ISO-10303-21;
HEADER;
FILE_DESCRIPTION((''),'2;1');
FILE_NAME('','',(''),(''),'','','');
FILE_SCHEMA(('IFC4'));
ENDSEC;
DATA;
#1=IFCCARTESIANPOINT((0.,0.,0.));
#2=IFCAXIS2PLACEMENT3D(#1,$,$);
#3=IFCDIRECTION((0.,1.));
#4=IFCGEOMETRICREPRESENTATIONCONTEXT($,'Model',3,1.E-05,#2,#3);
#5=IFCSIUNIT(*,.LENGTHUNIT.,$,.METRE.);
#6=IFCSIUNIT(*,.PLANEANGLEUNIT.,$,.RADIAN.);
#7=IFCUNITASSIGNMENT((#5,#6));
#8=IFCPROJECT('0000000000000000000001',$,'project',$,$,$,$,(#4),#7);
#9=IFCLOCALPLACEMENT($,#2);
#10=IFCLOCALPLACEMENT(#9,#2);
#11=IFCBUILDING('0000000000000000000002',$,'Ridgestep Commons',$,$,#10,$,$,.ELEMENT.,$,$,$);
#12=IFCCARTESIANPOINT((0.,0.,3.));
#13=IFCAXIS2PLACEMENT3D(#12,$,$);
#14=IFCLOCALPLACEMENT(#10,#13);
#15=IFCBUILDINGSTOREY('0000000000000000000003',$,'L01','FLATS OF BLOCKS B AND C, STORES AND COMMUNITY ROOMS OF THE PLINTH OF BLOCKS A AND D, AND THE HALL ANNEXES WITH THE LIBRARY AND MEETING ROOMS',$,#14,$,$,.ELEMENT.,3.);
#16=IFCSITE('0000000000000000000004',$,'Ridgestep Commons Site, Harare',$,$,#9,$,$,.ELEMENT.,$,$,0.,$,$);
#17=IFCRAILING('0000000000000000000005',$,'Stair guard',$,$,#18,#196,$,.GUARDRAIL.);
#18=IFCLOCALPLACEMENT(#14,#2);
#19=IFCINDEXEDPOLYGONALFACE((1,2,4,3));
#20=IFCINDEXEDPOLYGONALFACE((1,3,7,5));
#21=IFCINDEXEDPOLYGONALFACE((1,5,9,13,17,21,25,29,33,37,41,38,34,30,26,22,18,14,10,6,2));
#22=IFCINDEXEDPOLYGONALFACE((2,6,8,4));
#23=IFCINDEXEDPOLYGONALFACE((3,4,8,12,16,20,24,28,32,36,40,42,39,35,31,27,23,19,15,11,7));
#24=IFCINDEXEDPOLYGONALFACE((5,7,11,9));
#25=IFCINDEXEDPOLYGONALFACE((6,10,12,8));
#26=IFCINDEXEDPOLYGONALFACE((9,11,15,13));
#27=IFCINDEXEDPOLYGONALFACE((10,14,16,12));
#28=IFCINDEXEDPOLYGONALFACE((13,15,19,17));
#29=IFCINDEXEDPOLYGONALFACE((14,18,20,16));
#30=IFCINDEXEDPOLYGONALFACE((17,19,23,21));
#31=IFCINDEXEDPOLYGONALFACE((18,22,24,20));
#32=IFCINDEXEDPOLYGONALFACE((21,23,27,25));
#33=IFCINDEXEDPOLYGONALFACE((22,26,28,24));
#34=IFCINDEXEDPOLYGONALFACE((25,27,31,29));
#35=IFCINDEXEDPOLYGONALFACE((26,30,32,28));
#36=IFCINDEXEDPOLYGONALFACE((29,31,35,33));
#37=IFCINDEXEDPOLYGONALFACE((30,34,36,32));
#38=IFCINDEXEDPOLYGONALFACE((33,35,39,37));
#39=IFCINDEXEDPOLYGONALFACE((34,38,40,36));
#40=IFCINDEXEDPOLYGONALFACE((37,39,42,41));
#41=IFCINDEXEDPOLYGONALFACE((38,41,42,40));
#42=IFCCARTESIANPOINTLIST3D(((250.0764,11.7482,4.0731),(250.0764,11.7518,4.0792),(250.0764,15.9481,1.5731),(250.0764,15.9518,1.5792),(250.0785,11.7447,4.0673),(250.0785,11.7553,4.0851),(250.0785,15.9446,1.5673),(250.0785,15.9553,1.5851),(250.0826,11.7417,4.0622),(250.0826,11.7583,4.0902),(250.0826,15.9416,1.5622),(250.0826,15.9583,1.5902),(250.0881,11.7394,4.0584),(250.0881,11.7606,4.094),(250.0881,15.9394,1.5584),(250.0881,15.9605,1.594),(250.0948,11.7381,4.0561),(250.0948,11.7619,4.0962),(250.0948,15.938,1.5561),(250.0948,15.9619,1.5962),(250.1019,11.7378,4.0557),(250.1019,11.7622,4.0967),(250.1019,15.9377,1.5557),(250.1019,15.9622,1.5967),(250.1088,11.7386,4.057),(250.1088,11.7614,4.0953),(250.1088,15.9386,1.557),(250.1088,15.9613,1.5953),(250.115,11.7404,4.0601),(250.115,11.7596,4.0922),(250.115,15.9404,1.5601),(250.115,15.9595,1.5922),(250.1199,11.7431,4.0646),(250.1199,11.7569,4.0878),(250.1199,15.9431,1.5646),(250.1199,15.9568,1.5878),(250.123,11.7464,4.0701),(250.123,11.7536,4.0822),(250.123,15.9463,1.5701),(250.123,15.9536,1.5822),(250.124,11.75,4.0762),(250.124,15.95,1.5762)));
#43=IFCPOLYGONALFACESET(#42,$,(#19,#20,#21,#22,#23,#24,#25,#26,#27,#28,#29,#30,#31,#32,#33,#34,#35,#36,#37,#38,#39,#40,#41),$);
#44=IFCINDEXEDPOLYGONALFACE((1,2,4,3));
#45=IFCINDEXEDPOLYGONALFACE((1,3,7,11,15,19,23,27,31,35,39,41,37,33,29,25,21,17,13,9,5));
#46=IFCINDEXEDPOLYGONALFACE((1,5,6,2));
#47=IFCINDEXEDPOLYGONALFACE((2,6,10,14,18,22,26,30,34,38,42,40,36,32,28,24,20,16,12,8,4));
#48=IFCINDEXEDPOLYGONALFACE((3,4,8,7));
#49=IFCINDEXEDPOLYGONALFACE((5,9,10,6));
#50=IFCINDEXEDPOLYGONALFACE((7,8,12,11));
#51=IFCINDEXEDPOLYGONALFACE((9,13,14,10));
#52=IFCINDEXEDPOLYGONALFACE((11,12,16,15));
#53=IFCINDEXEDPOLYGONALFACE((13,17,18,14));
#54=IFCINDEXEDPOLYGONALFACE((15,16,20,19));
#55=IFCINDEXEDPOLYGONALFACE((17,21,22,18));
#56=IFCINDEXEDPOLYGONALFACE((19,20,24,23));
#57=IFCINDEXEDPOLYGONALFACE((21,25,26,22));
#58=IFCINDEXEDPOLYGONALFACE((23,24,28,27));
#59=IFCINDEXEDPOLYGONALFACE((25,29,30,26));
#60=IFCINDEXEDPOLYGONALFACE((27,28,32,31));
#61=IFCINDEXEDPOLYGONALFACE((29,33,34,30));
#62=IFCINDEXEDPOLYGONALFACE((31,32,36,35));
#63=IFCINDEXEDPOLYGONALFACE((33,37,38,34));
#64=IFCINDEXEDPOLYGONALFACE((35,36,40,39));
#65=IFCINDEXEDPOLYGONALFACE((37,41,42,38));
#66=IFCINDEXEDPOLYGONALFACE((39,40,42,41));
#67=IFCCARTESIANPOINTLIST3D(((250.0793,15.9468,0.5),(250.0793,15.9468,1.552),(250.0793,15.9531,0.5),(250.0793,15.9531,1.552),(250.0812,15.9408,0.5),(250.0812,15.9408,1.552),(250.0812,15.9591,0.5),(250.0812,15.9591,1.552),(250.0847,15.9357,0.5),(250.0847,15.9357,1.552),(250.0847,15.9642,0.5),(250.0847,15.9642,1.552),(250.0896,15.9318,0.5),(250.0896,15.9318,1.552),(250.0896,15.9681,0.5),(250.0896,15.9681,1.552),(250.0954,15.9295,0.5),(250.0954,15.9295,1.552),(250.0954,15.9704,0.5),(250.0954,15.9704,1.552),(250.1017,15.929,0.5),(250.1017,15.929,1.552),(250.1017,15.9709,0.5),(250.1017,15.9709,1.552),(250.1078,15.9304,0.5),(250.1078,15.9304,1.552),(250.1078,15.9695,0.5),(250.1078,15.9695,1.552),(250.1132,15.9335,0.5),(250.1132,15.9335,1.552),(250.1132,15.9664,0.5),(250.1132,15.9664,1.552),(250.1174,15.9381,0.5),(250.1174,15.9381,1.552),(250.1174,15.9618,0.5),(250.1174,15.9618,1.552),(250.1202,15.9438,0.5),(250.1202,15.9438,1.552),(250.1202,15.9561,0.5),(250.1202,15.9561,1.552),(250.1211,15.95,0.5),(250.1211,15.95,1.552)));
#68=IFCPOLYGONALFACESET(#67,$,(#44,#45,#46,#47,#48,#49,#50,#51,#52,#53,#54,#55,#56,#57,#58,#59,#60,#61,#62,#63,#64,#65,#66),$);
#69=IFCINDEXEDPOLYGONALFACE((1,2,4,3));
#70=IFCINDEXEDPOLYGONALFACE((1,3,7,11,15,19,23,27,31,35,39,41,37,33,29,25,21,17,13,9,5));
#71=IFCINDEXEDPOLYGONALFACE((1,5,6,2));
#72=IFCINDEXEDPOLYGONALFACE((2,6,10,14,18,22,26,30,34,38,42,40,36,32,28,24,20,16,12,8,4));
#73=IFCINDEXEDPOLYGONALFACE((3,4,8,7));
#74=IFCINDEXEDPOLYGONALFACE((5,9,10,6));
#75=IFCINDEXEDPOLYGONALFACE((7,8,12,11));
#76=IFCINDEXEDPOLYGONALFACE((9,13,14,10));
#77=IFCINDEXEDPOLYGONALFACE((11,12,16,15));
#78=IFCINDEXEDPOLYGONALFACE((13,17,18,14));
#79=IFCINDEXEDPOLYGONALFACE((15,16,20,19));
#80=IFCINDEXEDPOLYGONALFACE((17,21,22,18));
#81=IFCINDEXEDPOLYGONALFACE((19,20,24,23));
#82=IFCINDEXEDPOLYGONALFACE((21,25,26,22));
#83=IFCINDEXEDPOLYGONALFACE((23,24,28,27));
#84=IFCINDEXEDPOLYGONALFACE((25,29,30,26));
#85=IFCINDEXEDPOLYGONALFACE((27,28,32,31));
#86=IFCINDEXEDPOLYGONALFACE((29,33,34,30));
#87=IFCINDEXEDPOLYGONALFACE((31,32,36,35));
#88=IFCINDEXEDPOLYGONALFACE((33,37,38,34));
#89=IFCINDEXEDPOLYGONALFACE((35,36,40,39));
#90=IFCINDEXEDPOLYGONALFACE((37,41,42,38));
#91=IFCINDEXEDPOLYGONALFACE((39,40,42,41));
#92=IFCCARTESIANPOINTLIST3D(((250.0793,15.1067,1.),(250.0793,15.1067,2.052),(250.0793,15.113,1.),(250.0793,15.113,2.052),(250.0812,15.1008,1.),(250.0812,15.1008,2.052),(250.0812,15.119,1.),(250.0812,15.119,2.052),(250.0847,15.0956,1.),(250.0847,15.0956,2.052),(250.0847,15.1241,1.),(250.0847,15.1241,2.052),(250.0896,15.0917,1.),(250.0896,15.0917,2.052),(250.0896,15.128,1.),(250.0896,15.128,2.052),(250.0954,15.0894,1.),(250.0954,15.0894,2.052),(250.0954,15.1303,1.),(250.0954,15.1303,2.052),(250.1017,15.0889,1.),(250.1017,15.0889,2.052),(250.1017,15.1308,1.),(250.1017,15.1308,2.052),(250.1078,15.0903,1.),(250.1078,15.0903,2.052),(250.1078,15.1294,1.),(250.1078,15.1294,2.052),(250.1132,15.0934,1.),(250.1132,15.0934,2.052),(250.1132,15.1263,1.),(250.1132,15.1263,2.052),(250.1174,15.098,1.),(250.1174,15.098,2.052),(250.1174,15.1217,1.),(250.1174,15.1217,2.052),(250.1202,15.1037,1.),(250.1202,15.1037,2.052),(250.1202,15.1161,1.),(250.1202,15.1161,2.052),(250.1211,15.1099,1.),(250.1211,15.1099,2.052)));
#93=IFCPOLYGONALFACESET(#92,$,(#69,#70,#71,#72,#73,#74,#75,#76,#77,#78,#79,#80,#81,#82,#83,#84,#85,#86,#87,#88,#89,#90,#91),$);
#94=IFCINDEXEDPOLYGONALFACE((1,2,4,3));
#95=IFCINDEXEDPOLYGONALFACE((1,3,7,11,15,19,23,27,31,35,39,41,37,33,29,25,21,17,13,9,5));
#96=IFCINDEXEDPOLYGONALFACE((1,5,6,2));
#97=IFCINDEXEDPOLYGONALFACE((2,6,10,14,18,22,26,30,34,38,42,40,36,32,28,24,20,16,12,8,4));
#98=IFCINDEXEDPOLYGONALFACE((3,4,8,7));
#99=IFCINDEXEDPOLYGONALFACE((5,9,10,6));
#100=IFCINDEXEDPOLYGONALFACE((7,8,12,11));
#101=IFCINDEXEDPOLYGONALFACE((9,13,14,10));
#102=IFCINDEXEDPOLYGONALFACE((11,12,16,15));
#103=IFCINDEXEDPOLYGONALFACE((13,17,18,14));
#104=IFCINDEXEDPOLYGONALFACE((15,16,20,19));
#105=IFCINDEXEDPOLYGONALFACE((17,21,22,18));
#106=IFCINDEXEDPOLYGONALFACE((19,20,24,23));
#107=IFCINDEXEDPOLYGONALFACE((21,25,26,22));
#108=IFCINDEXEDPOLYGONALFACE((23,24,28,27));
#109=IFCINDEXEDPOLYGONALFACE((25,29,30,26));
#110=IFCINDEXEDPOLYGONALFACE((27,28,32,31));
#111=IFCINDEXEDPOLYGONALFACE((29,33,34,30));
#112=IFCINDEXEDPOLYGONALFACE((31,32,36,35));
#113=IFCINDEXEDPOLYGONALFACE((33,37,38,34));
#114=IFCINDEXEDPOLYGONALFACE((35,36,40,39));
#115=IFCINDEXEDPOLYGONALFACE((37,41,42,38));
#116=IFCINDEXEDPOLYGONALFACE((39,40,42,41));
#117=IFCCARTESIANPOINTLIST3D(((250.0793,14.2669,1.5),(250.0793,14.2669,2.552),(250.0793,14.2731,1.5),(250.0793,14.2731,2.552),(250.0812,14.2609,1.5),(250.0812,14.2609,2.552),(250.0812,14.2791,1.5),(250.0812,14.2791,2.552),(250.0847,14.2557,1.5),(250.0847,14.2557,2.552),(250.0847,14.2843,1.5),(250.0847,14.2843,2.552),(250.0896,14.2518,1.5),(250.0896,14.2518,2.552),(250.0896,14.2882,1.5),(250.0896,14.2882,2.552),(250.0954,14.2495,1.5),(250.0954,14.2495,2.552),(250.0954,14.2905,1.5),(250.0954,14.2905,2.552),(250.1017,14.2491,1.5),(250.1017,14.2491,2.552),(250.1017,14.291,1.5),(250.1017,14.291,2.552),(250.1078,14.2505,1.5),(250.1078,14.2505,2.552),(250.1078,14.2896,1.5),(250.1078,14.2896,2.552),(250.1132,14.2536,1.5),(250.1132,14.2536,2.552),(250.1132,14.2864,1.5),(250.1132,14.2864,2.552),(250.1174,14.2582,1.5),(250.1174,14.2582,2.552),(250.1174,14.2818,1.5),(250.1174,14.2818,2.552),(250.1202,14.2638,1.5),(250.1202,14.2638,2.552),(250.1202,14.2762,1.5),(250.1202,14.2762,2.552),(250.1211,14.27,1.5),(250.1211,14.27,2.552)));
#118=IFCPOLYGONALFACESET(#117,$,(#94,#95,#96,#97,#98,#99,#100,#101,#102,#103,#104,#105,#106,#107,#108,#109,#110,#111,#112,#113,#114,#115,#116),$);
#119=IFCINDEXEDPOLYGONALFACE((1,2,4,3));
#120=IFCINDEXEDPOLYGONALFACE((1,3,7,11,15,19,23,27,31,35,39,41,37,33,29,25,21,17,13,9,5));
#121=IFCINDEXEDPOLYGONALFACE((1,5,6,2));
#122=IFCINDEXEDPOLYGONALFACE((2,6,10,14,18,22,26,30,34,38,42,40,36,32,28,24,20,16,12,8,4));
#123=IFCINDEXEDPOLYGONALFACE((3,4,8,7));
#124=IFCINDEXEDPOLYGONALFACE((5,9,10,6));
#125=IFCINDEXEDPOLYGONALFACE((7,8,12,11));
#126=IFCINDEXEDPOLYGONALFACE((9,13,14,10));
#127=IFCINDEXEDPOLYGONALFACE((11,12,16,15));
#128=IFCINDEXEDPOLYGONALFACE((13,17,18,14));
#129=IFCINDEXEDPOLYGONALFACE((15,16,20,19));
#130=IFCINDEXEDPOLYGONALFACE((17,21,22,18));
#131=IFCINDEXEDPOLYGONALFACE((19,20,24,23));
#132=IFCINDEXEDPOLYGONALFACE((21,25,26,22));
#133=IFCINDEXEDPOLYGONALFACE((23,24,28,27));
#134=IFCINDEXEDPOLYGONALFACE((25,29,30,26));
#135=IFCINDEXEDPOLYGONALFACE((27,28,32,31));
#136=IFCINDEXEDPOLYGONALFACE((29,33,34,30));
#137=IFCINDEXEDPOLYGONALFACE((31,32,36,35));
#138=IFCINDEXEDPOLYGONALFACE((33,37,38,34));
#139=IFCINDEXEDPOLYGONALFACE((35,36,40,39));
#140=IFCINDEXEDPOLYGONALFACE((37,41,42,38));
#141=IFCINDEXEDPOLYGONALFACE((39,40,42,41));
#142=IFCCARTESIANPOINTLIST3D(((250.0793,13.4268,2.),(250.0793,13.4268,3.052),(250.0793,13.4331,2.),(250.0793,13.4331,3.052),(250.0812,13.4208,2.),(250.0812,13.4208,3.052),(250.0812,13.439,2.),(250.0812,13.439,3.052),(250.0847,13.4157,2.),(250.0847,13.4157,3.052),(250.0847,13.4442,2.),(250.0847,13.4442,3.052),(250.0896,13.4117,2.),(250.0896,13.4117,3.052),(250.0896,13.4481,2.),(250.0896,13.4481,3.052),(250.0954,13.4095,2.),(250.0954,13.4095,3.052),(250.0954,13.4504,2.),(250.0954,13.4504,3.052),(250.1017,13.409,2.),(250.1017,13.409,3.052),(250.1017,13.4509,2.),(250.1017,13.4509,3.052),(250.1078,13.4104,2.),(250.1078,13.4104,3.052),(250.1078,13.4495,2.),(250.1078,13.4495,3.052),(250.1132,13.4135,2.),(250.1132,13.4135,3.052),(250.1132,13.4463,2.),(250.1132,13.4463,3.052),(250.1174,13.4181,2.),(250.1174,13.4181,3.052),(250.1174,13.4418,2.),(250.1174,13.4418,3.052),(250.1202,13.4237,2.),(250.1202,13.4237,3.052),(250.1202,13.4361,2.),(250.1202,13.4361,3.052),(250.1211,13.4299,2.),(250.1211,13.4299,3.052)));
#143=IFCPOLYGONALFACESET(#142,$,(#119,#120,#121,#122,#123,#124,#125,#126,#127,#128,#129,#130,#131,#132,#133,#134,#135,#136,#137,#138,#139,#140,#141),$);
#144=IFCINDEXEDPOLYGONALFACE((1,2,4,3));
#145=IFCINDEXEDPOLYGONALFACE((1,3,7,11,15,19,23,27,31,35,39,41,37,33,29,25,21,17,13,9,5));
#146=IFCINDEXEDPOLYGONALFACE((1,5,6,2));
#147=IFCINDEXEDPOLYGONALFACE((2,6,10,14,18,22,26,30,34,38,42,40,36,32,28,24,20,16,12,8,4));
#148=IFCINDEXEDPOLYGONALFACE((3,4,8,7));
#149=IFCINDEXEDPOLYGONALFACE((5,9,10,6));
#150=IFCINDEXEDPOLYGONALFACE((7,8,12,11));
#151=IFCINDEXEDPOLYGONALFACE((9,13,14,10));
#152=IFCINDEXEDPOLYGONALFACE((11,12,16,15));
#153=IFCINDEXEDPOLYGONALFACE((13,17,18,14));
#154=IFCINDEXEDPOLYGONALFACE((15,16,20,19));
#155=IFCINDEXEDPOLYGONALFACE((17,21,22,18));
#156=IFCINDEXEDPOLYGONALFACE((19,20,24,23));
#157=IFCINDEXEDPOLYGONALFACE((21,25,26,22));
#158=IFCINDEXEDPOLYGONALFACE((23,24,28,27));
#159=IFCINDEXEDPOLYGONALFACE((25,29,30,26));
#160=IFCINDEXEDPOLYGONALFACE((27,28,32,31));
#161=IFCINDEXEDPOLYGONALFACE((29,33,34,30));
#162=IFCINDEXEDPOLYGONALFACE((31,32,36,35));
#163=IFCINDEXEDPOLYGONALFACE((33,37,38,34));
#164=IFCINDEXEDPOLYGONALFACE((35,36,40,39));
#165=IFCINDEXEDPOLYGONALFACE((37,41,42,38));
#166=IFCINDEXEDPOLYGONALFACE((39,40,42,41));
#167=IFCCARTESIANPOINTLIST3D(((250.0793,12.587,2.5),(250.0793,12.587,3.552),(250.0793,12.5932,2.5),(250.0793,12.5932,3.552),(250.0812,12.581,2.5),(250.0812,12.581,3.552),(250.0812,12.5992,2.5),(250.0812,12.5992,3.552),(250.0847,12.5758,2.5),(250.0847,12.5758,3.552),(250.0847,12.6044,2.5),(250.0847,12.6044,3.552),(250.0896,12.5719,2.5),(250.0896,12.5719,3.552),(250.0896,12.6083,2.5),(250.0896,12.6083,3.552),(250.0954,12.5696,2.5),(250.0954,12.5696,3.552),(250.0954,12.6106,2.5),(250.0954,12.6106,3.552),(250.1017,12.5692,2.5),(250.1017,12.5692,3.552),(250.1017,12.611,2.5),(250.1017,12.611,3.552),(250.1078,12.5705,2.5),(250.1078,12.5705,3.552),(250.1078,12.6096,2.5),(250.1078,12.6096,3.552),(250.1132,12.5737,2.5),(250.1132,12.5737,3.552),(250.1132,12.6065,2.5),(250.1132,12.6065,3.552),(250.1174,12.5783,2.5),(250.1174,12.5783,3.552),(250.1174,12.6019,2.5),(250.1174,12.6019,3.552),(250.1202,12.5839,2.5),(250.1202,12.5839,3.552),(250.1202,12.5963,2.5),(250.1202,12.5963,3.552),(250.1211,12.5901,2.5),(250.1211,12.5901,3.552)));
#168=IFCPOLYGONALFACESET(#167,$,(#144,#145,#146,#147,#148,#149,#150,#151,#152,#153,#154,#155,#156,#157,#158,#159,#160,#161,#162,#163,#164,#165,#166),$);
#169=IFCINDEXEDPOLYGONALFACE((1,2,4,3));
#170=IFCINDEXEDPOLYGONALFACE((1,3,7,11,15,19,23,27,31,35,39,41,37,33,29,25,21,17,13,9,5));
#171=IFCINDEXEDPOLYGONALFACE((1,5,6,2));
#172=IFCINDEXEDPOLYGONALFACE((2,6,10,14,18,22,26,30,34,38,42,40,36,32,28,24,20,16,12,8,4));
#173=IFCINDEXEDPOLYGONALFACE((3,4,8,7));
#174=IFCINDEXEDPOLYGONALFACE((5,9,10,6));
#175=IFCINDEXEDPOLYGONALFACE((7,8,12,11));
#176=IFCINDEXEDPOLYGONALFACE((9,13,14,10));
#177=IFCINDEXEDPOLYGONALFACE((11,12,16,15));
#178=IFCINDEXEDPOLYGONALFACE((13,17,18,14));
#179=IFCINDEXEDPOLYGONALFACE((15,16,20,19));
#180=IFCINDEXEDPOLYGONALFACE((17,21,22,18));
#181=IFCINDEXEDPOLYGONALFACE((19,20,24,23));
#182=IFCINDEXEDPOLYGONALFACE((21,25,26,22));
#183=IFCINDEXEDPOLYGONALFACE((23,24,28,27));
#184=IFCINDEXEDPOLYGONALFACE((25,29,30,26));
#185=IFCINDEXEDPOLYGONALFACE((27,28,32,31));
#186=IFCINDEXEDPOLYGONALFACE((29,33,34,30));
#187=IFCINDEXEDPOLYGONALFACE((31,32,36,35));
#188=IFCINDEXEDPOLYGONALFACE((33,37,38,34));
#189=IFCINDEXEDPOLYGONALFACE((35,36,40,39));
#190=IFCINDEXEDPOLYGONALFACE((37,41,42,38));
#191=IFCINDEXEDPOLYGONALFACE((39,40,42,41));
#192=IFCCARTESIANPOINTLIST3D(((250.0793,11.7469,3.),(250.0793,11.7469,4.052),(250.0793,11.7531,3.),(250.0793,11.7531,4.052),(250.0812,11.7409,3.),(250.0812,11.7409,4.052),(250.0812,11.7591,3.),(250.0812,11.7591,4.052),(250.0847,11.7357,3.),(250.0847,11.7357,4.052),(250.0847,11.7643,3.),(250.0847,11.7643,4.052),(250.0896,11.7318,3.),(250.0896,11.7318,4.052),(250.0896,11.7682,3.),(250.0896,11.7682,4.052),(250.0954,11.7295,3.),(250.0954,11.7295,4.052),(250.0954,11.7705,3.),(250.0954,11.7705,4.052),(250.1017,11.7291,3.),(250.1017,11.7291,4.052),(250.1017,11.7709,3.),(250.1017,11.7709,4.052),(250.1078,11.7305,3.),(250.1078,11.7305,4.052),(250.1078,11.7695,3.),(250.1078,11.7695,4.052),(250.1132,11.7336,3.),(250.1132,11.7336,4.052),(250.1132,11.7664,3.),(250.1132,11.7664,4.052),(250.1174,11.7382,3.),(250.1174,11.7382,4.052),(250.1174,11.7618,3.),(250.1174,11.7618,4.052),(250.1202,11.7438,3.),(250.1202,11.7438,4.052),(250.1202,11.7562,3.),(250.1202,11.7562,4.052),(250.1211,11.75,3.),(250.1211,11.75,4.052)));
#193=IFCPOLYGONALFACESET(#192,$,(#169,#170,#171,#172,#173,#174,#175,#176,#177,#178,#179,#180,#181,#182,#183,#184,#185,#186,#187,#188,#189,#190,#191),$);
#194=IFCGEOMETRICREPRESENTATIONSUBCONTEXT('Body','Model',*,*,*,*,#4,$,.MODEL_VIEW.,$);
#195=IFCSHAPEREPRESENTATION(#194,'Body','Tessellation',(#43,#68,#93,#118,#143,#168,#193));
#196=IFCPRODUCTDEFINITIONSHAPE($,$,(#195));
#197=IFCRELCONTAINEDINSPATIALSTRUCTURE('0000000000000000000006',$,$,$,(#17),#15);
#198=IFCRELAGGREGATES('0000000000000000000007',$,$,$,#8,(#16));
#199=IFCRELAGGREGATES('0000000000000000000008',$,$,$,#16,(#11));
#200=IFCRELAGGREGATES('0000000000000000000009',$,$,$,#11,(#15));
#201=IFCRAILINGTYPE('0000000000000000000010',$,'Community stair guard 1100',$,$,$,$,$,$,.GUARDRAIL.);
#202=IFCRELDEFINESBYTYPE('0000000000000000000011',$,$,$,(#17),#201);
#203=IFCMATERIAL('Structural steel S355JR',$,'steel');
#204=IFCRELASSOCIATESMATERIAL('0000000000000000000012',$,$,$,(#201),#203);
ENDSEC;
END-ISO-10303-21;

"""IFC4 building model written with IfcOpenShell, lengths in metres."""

from ifc_helpers import new_model, si_unit, direction, frame, origin, origin_2d, place, context, subcontext, project, spatial, circle, extrude, material, type_object, element, save


model = new_model("IFC4")

# Units and contexts
model_context = context("Model", 3, precision=1e-05, world=origin(), true_north=direction((0.0, 1.0)))
body_context = subcontext(model_context, "Body", "Model", "MODEL_VIEW")
ifc_project = project(units=[si_unit("LENGTHUNIT", "METRE"), si_unit("PLANEANGLEUNIT", "RADIAN")], contexts=[model_context])

# Site, building, storey
site_placement = place(None, origin())
site = spatial("IfcSite", under=ifc_project, at=site_placement, Name="Ridgestep Commons Site, Harare", CompositionType="ELEMENT", RefElevation=0.0)
building_placement = place(site_placement, origin())
building = spatial("IfcBuilding", under=site, at=building_placement, Name="Ridgestep Commons", CompositionType="ELEMENT")
storey_placement = place(building_placement, frame((0.0, 0.0, 3.0)))
storey = spatial("IfcBuildingStorey", under=building, at=storey_placement, Name="L01", Description="FLATS OF BLOCKS B AND C, STORES AND COMMUNITY ROOMS OF THE PLINTH OF BLOCKS A AND D, AND THE HALL ANNEXES WITH THE LIBRARY AND MEETING ROOMS", CompositionType="ELEMENT", Elevation=3.0)

# Railing
ifc_material_1 = material(Name="Structural steel S355JR", Category="steel")
railing_type_1 = type_object("IfcRailingType", Name="Community stair guard 1100", PredefinedType="GUARDRAIL", material=ifc_material_1)
for number, where, name in (
    (1, (250.1001, 15.95, 0.5), "Stair guard"),
):
    element("IfcRailing", number, at=place(storey_placement, frame(where)), inside=storey, type_object=railing_type_1, Name=name, PredefinedType="GUARDRAIL", context=body_context, shape_type="SweptSolid", body=[
        extrude(circle(Radius=0.0239, at=origin_2d()), frame((0.0, 0.0, 1.0762), z_axis=(0.0, -0.85929, 0.511488), x_axis=(1.0, 0.0, 0.0)), (0.0, 0.0, 1.0), 4.8877),
        extrude(circle(Radius=0.021, at=origin_2d()), origin(), (0.0, 0.0, 1.0), 1.052),
        extrude(circle(Radius=0.021, at=origin_2d()), frame((0.0, -0.8401, 0.5)), (0.0, 0.0, 1.0), 1.052),
        extrude(circle(Radius=0.021, at=origin_2d()), frame((0.0, -1.6799, 1.0)), (0.0, 0.0, 1.0), 1.052),
        extrude(circle(Radius=0.021, at=origin_2d()), frame((0.0, -2.52, 1.5)), (0.0, 0.0, 1.0), 1.052),
        extrude(circle(Radius=0.021, at=origin_2d()), frame((0.0, -3.3599, 2.0)), (0.0, 0.0, 1.0), 1.052),
        extrude(circle(Radius=0.021, at=origin_2d()), frame((0.0, -4.2, 2.5)), (0.0, 0.0, 1.0), 1.052),
    ])

save(model, "model.ifc")
